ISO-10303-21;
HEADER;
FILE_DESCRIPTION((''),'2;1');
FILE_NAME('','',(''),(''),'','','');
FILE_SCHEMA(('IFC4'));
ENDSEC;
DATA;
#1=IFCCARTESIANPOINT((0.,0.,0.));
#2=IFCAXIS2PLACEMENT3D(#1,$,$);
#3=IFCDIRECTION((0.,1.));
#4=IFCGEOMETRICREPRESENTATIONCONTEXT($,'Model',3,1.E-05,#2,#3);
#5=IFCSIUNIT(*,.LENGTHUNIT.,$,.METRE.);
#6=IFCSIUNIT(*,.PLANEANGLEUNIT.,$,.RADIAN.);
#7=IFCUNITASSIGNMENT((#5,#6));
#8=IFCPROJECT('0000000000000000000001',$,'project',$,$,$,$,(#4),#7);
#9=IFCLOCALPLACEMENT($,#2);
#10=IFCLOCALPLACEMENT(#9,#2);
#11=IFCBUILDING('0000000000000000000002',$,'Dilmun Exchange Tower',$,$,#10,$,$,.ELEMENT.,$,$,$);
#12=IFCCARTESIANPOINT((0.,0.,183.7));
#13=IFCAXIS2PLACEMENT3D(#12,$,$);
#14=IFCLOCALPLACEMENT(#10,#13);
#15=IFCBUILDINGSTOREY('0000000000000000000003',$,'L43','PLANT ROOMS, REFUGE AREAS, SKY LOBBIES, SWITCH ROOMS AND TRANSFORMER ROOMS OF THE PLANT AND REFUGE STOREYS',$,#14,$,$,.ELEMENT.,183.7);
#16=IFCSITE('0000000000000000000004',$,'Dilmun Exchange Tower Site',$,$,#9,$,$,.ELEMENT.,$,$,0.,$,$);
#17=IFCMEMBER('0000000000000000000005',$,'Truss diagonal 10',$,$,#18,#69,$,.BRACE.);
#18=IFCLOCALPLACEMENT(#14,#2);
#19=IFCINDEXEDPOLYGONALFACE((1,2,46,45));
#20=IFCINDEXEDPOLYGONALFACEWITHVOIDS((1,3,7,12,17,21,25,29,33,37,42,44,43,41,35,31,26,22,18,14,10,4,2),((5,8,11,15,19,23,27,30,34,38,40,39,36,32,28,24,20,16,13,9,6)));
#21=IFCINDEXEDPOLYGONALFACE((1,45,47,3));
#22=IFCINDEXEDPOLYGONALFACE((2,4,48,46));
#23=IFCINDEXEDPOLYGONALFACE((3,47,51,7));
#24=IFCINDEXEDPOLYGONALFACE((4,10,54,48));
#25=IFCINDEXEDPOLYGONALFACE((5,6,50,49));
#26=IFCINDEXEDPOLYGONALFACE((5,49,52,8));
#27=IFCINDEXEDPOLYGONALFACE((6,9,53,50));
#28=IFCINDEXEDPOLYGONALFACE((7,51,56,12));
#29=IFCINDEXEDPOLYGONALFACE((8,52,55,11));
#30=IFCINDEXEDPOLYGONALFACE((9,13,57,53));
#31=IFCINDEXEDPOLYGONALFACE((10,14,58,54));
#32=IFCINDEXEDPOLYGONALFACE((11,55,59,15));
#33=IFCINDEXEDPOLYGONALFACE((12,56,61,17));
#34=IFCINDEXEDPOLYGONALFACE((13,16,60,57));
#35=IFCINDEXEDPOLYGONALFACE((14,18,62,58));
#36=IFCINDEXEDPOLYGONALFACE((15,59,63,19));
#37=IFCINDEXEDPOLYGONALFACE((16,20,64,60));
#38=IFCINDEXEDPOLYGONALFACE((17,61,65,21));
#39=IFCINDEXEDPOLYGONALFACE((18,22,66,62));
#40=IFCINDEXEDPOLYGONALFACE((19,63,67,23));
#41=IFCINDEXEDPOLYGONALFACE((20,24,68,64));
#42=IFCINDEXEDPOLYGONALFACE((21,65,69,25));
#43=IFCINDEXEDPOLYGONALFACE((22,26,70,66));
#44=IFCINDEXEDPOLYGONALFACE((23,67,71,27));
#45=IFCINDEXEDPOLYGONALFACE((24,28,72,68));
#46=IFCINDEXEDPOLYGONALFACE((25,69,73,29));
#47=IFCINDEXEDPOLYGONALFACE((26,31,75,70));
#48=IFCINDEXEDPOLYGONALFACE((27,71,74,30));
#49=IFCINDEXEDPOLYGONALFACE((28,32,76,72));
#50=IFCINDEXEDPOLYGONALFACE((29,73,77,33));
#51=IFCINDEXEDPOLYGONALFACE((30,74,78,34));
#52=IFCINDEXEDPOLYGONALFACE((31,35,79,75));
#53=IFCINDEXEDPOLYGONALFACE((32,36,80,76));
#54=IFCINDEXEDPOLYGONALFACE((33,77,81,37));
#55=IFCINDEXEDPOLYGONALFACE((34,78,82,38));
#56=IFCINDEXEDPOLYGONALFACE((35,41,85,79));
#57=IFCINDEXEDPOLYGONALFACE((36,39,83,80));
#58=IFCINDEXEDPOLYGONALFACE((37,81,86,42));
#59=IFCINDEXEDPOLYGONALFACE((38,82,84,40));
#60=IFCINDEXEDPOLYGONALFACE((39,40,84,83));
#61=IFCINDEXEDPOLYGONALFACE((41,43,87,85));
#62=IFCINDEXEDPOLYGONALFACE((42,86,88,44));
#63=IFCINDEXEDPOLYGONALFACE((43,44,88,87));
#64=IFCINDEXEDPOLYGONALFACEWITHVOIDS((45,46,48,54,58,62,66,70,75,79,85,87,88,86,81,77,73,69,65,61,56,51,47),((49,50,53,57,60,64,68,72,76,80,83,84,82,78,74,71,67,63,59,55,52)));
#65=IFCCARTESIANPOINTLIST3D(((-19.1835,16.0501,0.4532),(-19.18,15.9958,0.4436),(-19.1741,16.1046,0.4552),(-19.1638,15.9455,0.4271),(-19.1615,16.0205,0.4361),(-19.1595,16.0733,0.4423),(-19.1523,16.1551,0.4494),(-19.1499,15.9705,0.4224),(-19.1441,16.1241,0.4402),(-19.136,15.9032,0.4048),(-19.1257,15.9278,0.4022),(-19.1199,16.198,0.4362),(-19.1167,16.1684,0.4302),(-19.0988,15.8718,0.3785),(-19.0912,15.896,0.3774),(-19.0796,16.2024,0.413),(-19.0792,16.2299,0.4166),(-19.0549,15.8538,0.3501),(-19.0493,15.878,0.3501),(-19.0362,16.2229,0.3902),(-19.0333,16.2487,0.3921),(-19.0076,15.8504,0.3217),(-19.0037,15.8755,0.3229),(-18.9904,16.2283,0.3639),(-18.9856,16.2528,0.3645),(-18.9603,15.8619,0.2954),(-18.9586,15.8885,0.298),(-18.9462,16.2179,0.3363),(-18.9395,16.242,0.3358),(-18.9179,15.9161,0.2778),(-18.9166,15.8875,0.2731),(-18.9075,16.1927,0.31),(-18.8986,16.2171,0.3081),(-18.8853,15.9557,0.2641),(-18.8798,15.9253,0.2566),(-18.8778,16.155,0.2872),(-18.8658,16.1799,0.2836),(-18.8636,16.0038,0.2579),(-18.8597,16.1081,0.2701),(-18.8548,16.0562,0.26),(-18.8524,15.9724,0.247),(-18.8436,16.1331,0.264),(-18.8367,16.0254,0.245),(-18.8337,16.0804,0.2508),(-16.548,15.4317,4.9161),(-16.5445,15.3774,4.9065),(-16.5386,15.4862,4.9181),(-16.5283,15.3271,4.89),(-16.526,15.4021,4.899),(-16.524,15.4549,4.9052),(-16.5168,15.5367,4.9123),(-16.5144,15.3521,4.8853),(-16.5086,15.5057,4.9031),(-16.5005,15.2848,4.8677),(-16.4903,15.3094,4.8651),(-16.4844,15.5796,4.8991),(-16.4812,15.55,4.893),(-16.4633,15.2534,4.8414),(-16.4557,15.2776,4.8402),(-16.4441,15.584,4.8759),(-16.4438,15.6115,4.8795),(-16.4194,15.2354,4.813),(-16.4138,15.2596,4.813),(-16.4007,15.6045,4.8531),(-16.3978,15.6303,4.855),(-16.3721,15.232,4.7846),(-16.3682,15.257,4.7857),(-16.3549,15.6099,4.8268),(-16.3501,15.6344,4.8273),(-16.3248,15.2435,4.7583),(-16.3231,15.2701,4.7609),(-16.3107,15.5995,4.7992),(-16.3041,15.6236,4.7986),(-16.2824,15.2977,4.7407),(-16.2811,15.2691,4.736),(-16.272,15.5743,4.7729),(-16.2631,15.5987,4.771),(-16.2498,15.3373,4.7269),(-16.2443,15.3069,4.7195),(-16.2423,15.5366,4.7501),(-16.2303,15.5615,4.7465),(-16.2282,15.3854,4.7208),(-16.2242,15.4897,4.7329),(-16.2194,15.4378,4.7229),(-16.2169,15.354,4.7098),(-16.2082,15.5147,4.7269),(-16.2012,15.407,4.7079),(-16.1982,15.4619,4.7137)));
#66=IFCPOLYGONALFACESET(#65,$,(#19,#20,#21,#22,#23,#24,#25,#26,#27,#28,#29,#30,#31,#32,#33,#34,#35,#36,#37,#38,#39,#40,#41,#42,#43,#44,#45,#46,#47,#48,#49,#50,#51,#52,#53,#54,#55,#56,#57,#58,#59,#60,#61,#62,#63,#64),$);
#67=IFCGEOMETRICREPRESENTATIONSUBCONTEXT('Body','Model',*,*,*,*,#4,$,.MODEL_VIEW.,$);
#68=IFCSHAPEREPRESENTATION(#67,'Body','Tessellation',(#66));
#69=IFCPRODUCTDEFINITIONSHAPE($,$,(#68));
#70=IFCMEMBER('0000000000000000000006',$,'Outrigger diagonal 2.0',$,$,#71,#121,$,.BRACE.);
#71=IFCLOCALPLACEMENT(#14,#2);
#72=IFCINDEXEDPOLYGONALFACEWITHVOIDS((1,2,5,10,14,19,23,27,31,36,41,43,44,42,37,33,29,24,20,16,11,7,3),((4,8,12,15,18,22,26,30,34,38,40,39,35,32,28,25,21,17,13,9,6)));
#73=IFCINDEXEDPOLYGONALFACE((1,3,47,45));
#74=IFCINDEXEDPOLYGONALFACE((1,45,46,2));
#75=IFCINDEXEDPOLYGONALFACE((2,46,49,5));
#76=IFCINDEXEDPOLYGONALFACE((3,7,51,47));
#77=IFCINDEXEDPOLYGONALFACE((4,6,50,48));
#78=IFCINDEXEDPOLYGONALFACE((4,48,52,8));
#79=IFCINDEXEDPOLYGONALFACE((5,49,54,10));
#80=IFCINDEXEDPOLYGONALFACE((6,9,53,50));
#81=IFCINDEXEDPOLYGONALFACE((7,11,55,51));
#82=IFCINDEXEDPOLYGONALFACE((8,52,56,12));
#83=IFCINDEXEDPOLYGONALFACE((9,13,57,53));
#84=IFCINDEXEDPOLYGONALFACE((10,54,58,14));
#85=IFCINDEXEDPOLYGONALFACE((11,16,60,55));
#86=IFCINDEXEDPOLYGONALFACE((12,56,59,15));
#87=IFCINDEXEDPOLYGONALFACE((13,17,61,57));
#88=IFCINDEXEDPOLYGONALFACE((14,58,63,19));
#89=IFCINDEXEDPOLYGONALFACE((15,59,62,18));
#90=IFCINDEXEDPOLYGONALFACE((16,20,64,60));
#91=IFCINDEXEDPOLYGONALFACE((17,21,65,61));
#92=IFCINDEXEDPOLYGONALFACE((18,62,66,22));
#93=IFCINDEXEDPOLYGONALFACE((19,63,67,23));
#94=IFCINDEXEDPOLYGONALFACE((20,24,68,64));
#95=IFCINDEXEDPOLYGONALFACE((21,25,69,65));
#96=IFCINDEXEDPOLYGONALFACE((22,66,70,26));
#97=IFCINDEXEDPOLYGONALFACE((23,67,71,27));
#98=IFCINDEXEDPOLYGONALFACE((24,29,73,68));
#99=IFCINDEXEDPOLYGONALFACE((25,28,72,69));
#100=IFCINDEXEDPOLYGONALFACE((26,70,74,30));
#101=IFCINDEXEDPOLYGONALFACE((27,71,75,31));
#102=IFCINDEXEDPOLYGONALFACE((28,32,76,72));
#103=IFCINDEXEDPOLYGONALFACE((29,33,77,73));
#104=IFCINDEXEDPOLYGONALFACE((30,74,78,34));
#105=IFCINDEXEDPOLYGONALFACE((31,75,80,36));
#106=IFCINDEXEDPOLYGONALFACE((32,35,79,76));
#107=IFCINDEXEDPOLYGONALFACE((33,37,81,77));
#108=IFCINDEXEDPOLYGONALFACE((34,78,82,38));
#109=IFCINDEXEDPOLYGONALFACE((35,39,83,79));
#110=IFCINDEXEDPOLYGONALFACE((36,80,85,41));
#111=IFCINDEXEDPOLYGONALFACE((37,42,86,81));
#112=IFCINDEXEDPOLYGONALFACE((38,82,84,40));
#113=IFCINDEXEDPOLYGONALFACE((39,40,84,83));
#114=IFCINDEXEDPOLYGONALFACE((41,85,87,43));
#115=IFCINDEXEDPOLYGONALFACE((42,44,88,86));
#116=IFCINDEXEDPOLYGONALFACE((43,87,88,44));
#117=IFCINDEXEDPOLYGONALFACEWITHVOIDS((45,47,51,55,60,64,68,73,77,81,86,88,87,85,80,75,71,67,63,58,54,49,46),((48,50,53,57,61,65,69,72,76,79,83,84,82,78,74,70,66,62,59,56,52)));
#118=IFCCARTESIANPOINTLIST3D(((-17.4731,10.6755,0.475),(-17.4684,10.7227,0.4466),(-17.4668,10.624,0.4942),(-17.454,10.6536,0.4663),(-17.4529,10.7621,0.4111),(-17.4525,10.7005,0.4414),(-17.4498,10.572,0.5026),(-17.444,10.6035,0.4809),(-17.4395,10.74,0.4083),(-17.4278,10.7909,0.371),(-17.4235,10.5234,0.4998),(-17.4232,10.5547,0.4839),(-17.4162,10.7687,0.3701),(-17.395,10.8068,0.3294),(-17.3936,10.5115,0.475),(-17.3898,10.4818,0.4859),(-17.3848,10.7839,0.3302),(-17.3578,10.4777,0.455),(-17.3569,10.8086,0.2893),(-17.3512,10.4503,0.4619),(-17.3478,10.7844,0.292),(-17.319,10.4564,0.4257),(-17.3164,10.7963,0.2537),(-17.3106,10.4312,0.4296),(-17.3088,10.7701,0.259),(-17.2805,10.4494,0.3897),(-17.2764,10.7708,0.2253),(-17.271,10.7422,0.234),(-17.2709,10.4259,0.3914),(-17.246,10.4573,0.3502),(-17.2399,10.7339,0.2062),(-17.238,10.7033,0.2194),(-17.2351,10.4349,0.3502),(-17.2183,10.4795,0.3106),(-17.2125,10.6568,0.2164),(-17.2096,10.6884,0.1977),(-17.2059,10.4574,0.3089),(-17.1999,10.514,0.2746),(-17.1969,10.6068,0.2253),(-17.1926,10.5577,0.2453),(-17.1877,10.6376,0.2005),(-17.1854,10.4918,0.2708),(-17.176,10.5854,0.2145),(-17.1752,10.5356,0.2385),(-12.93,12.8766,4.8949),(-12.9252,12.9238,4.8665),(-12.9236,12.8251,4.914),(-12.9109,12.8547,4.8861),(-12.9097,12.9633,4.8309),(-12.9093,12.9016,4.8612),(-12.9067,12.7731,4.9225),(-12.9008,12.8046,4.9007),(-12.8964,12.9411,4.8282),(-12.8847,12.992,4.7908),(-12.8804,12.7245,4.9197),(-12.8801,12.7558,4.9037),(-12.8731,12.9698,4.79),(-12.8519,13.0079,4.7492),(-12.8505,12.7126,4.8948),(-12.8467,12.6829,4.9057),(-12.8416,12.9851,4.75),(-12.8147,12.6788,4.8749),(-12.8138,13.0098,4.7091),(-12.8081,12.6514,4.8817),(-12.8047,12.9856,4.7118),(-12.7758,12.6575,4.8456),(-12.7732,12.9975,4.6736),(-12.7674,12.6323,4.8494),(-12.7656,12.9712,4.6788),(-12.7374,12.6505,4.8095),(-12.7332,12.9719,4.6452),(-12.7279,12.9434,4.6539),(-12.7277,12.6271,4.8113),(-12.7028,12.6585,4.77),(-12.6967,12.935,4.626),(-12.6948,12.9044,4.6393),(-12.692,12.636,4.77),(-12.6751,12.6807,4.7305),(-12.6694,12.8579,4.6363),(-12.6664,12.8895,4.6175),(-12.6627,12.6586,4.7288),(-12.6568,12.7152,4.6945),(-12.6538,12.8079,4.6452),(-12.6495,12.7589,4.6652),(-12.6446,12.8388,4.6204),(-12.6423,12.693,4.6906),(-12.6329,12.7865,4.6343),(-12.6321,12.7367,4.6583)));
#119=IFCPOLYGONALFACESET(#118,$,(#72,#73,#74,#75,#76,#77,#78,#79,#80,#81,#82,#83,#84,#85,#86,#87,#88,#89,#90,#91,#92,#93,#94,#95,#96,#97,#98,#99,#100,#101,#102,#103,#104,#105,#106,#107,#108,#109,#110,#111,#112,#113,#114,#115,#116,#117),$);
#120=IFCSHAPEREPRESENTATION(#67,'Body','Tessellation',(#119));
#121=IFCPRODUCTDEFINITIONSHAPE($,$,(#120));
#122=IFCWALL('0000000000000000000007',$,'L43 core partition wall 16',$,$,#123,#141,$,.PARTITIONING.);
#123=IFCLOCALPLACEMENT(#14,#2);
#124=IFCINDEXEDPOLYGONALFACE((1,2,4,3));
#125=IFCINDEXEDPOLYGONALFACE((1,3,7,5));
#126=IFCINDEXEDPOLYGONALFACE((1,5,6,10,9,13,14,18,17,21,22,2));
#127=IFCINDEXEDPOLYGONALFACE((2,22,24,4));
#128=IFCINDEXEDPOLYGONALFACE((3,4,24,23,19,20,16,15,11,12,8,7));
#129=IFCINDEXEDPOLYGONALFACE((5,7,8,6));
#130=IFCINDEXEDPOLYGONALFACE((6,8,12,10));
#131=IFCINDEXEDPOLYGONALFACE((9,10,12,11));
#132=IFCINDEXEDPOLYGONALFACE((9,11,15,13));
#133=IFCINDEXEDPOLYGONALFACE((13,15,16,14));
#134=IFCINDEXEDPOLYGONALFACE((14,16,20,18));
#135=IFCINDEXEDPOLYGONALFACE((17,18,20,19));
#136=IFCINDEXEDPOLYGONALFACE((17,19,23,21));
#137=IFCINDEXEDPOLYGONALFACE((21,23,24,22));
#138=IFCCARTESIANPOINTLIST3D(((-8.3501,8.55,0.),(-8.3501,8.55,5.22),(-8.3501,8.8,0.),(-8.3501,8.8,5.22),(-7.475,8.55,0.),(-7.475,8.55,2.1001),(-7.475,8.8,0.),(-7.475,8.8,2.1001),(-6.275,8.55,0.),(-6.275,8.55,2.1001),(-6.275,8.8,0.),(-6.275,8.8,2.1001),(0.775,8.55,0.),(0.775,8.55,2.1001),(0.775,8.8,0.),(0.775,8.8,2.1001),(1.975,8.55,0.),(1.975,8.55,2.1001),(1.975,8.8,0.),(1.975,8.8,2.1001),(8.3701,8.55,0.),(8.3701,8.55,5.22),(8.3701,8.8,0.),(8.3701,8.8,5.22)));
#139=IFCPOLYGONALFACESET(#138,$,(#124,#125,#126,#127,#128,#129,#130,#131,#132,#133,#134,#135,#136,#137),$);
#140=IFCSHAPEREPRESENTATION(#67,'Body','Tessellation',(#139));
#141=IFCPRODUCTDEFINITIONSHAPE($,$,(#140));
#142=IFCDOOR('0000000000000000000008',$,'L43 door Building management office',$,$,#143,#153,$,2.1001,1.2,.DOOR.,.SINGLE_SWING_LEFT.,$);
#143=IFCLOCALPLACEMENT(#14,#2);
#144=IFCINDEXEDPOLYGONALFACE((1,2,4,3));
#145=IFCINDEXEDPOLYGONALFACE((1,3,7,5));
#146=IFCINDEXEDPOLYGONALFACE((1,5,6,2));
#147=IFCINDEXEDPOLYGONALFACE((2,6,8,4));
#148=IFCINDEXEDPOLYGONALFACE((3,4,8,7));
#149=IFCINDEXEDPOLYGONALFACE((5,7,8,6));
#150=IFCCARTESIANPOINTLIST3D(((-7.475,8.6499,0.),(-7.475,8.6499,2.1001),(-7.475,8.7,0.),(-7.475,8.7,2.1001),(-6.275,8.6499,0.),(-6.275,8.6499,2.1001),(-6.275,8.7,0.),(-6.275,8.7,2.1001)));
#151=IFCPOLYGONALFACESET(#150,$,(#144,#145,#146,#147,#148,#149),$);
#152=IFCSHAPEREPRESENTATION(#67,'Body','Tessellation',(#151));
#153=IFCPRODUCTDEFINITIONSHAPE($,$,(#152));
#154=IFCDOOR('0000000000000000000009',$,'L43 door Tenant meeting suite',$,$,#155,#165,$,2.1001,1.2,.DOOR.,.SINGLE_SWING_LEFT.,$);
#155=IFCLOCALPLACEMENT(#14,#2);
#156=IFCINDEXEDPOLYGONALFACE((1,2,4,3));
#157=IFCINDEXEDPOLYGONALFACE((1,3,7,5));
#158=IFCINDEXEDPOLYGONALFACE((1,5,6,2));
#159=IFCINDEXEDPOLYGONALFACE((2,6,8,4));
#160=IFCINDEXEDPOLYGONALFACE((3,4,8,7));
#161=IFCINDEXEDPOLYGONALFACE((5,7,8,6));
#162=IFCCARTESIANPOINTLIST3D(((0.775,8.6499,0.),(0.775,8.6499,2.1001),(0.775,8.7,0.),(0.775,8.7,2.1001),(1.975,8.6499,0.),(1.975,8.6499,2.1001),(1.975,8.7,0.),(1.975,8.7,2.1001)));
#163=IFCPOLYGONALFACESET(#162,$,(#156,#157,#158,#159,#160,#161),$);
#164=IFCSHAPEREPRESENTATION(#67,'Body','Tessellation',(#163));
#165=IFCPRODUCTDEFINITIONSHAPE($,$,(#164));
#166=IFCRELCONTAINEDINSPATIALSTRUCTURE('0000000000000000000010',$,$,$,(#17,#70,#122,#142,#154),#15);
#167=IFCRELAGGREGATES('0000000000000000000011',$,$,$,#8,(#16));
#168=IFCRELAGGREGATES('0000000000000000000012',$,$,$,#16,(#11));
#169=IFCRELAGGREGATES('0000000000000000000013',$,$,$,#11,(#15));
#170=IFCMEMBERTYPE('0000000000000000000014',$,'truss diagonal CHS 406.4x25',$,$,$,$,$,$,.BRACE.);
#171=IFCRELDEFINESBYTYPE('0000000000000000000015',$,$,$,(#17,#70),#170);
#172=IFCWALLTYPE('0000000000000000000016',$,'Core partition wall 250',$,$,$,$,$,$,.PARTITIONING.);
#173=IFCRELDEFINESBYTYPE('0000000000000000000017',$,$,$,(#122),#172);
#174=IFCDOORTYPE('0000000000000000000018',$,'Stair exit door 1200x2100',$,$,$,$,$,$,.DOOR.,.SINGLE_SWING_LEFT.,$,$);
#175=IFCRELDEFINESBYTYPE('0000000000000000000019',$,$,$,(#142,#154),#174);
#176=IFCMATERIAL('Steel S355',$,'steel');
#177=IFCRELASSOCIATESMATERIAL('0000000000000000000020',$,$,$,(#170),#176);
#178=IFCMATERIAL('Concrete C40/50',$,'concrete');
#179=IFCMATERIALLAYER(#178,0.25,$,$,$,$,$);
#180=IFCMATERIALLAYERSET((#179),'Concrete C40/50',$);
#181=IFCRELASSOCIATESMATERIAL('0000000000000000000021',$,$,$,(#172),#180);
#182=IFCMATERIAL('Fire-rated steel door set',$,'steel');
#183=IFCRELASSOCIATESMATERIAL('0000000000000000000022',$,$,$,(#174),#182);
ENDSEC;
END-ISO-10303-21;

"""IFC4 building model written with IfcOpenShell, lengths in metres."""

from ifc_helpers import new_model, si_unit, direction, frame, frame_2d, origin, origin_2d, place, context, subcontext, project, spatial, rectangle, hollow_circle, extrude, material, layer, layer_set, material_profile, profile_set, type_object, element, fill, save


model = new_model("IFC4")

# Units and contexts
model_context = context("Model", 3, precision=1e-05, world=origin(), true_north=direction((0.0, 1.0)))
body_context = subcontext(model_context, "Body", "Model", "MODEL_VIEW")
ifc_project = project(units=[si_unit("LENGTHUNIT", "METRE"), si_unit("PLANEANGLEUNIT", "RADIAN")], contexts=[model_context])

# Site, building, storey
site_placement = place(None, origin())
site = spatial("IfcSite", under=ifc_project, at=site_placement, Name="Dilmun Exchange Tower Site", CompositionType="ELEMENT", RefElevation=0.0)
building_placement = place(site_placement, origin())
building = spatial("IfcBuilding", under=site, at=building_placement, Name="Dilmun Exchange Tower", CompositionType="ELEMENT")
storey_placement = place(building_placement, frame((0.0, 0.0, 183.7)))
storey = spatial("IfcBuildingStorey", under=building, at=storey_placement, Name="L43", Description="PLANT ROOMS, REFUGE AREAS, SKY LOBBIES, SWITCH ROOMS AND TRANSFORMER ROOMS OF THE PLANT AND REFUGE STOREYS", CompositionType="ELEMENT", Elevation=183.7)

# Shared definitions
ifc_material_1 = material(Name="Concrete C40/50", Category="concrete")
ifc_material_2 = material(Name="Steel S355", Category="steel")

# Members
ifc_material_profile_1 = material_profile(ifc_material_2, hollow_circle(Radius=0.2031, WallThickness=0.0249, at=origin_2d()), Name="CHS 406.4x25")
ifc_profile_set_1 = profile_set([ifc_material_profile_1], Name="Steel S355")
member_type = type_object("IfcMemberType", Name="truss diagonal CHS 406.4x25", PredefinedType="BRACE", material=ifc_profile_set_1)
member_1_placement = place(storey_placement, frame((-16.373, 15.4331, 4.813), z_axis=(-0.50491, 0.118475, -0.855003), x_axis=(-0.228441, -0.973558, 0.0)))
element("IfcMember", 1, at=member_1_placement, inside=storey, type_object=member_type, Name="Truss diagonal 10", PredefinedType="BRACE", context=body_context, shape_type="SweptSolid", body=[
    extrude(hollow_circle(Radius=0.2031, WallThickness=0.0249, at=origin_2d()), origin(), (0.0, 0.0, 1.0), 5.2197),
])
member_2_placement = place(storey_placement, frame((-12.7805, 12.8188, 4.77), z_axis=(-0.677099, -0.328052, -0.658725), x_axis=(0.436017, -0.899938, 0.0)))
element("IfcMember", 2, at=member_2_placement, inside=storey, type_object=member_type, Name="Outrigger diagonal 2.0", PredefinedType="BRACE", context=body_context, shape_type="SweptSolid", body=[
    extrude(hollow_circle(Radius=0.2031, WallThickness=0.0249, at=origin_2d()), origin(), (0.0, 0.0, 1.0), 6.7097),
])

# Wall, openings, doors
ifc_layer_1 = layer(ifc_material_1, 0.25)
ifc_layer_set_1 = layer_set([ifc_layer_1], Name="Concrete C40/50")
wall_type_1 = type_object("IfcWallType", Name="Core partition wall 250", PredefinedType="PARTITIONING", material=ifc_layer_set_1)
wall_1_placement = place(storey_placement, frame((-8.3501, 8.675, 0.0), z_axis=(0.0, 0.0, 1.0), x_axis=(1.0, 0.0, 0.0)))
wall_1 = element("IfcWall", 3, at=wall_1_placement, inside=storey, type_object=wall_type_1, Name="L43 core partition wall 16", PredefinedType="PARTITIONING", context=body_context, shape_type="SweptSolid", body=[
    extrude(rectangle(XDim=16.7202, YDim=0.25, at=frame_2d((8.3601, 0.0))), origin(), (0.0, 0.0, 1.0), 5.22),
])
opening_1_placement = place(wall_1_placement, frame((0.875, 0.0, 0.0)))
opening_1 = element("IfcOpeningElement", 4, at=opening_1_placement, cuts=wall_1, PredefinedType="OPENING", context=body_context, shape_type="SweptSolid", body=[
    extrude(rectangle(XDim=1.2, YDim=2.1001, at=frame_2d((0.6001, 1.05))), frame((0.0, 0.135, 0.0), z_axis=(0.0, -1.0, 0.0), x_axis=(1.0, 0.0, 0.0)), (0.0, 0.0, 1.0), 0.27),
])
opening_2_placement = place(wall_1_placement, frame((9.125, 0.0, 0.0)))
opening_2 = element("IfcOpeningElement", 5, at=opening_2_placement, cuts=wall_1, PredefinedType="OPENING", context=body_context, shape_type="SweptSolid", body=[
    extrude(rectangle(XDim=1.2, YDim=2.1001, at=frame_2d((0.6001, 1.05))), frame((0.0, 0.135, 0.0), z_axis=(0.0, -1.0, 0.0), x_axis=(1.0, 0.0, 0.0)), (0.0, 0.0, 1.0), 0.27),
])
ifc_material_3 = material(Name="Fire-rated steel door set", Category="steel")
door_type_1 = type_object("IfcDoorType", Name="Stair exit door 1200x2100", OperationType="SINGLE_SWING_LEFT", PredefinedType="DOOR", material=ifc_material_3)
door_1_placement = place(opening_1_placement, origin())
door_1 = element("IfcDoor", 6, at=door_1_placement, inside=storey, type_object=door_type_1, Name="L43 door Building management office", OperationType="SINGLE_SWING_LEFT", OverallHeight=2.1001, OverallWidth=1.2, PredefinedType="DOOR", context=body_context, shape_type="SweptSolid", body=[
    extrude(rectangle(XDim=1.2, YDim=2.1001, at=frame_2d((0.6001, 1.05))), frame((0.0, 0.0249, 0.0), z_axis=(0.0, -1.0, 0.0), x_axis=(1.0, 0.0, 0.0)), (0.0, 0.0, 1.0), 0.05),
])
fill(opening_1, door_1)
door_2_placement = place(opening_2_placement, origin())
door_2 = element("IfcDoor", 7, at=door_2_placement, inside=storey, type_object=door_type_1, Name="L43 door Tenant meeting suite", OperationType="SINGLE_SWING_LEFT", OverallHeight=2.1001, OverallWidth=1.2, PredefinedType="DOOR", context=body_context, shape_type="SweptSolid", body=[
    extrude(rectangle(XDim=1.2, YDim=2.1001, at=frame_2d((0.6001, 1.05))), frame((0.0, 0.0249, 0.0), z_axis=(0.0, -1.0, 0.0), x_axis=(1.0, 0.0, 0.0)), (0.0, 0.0, 1.0), 0.05),
])
fill(opening_2, door_2)

save(model, "model.ifc")
